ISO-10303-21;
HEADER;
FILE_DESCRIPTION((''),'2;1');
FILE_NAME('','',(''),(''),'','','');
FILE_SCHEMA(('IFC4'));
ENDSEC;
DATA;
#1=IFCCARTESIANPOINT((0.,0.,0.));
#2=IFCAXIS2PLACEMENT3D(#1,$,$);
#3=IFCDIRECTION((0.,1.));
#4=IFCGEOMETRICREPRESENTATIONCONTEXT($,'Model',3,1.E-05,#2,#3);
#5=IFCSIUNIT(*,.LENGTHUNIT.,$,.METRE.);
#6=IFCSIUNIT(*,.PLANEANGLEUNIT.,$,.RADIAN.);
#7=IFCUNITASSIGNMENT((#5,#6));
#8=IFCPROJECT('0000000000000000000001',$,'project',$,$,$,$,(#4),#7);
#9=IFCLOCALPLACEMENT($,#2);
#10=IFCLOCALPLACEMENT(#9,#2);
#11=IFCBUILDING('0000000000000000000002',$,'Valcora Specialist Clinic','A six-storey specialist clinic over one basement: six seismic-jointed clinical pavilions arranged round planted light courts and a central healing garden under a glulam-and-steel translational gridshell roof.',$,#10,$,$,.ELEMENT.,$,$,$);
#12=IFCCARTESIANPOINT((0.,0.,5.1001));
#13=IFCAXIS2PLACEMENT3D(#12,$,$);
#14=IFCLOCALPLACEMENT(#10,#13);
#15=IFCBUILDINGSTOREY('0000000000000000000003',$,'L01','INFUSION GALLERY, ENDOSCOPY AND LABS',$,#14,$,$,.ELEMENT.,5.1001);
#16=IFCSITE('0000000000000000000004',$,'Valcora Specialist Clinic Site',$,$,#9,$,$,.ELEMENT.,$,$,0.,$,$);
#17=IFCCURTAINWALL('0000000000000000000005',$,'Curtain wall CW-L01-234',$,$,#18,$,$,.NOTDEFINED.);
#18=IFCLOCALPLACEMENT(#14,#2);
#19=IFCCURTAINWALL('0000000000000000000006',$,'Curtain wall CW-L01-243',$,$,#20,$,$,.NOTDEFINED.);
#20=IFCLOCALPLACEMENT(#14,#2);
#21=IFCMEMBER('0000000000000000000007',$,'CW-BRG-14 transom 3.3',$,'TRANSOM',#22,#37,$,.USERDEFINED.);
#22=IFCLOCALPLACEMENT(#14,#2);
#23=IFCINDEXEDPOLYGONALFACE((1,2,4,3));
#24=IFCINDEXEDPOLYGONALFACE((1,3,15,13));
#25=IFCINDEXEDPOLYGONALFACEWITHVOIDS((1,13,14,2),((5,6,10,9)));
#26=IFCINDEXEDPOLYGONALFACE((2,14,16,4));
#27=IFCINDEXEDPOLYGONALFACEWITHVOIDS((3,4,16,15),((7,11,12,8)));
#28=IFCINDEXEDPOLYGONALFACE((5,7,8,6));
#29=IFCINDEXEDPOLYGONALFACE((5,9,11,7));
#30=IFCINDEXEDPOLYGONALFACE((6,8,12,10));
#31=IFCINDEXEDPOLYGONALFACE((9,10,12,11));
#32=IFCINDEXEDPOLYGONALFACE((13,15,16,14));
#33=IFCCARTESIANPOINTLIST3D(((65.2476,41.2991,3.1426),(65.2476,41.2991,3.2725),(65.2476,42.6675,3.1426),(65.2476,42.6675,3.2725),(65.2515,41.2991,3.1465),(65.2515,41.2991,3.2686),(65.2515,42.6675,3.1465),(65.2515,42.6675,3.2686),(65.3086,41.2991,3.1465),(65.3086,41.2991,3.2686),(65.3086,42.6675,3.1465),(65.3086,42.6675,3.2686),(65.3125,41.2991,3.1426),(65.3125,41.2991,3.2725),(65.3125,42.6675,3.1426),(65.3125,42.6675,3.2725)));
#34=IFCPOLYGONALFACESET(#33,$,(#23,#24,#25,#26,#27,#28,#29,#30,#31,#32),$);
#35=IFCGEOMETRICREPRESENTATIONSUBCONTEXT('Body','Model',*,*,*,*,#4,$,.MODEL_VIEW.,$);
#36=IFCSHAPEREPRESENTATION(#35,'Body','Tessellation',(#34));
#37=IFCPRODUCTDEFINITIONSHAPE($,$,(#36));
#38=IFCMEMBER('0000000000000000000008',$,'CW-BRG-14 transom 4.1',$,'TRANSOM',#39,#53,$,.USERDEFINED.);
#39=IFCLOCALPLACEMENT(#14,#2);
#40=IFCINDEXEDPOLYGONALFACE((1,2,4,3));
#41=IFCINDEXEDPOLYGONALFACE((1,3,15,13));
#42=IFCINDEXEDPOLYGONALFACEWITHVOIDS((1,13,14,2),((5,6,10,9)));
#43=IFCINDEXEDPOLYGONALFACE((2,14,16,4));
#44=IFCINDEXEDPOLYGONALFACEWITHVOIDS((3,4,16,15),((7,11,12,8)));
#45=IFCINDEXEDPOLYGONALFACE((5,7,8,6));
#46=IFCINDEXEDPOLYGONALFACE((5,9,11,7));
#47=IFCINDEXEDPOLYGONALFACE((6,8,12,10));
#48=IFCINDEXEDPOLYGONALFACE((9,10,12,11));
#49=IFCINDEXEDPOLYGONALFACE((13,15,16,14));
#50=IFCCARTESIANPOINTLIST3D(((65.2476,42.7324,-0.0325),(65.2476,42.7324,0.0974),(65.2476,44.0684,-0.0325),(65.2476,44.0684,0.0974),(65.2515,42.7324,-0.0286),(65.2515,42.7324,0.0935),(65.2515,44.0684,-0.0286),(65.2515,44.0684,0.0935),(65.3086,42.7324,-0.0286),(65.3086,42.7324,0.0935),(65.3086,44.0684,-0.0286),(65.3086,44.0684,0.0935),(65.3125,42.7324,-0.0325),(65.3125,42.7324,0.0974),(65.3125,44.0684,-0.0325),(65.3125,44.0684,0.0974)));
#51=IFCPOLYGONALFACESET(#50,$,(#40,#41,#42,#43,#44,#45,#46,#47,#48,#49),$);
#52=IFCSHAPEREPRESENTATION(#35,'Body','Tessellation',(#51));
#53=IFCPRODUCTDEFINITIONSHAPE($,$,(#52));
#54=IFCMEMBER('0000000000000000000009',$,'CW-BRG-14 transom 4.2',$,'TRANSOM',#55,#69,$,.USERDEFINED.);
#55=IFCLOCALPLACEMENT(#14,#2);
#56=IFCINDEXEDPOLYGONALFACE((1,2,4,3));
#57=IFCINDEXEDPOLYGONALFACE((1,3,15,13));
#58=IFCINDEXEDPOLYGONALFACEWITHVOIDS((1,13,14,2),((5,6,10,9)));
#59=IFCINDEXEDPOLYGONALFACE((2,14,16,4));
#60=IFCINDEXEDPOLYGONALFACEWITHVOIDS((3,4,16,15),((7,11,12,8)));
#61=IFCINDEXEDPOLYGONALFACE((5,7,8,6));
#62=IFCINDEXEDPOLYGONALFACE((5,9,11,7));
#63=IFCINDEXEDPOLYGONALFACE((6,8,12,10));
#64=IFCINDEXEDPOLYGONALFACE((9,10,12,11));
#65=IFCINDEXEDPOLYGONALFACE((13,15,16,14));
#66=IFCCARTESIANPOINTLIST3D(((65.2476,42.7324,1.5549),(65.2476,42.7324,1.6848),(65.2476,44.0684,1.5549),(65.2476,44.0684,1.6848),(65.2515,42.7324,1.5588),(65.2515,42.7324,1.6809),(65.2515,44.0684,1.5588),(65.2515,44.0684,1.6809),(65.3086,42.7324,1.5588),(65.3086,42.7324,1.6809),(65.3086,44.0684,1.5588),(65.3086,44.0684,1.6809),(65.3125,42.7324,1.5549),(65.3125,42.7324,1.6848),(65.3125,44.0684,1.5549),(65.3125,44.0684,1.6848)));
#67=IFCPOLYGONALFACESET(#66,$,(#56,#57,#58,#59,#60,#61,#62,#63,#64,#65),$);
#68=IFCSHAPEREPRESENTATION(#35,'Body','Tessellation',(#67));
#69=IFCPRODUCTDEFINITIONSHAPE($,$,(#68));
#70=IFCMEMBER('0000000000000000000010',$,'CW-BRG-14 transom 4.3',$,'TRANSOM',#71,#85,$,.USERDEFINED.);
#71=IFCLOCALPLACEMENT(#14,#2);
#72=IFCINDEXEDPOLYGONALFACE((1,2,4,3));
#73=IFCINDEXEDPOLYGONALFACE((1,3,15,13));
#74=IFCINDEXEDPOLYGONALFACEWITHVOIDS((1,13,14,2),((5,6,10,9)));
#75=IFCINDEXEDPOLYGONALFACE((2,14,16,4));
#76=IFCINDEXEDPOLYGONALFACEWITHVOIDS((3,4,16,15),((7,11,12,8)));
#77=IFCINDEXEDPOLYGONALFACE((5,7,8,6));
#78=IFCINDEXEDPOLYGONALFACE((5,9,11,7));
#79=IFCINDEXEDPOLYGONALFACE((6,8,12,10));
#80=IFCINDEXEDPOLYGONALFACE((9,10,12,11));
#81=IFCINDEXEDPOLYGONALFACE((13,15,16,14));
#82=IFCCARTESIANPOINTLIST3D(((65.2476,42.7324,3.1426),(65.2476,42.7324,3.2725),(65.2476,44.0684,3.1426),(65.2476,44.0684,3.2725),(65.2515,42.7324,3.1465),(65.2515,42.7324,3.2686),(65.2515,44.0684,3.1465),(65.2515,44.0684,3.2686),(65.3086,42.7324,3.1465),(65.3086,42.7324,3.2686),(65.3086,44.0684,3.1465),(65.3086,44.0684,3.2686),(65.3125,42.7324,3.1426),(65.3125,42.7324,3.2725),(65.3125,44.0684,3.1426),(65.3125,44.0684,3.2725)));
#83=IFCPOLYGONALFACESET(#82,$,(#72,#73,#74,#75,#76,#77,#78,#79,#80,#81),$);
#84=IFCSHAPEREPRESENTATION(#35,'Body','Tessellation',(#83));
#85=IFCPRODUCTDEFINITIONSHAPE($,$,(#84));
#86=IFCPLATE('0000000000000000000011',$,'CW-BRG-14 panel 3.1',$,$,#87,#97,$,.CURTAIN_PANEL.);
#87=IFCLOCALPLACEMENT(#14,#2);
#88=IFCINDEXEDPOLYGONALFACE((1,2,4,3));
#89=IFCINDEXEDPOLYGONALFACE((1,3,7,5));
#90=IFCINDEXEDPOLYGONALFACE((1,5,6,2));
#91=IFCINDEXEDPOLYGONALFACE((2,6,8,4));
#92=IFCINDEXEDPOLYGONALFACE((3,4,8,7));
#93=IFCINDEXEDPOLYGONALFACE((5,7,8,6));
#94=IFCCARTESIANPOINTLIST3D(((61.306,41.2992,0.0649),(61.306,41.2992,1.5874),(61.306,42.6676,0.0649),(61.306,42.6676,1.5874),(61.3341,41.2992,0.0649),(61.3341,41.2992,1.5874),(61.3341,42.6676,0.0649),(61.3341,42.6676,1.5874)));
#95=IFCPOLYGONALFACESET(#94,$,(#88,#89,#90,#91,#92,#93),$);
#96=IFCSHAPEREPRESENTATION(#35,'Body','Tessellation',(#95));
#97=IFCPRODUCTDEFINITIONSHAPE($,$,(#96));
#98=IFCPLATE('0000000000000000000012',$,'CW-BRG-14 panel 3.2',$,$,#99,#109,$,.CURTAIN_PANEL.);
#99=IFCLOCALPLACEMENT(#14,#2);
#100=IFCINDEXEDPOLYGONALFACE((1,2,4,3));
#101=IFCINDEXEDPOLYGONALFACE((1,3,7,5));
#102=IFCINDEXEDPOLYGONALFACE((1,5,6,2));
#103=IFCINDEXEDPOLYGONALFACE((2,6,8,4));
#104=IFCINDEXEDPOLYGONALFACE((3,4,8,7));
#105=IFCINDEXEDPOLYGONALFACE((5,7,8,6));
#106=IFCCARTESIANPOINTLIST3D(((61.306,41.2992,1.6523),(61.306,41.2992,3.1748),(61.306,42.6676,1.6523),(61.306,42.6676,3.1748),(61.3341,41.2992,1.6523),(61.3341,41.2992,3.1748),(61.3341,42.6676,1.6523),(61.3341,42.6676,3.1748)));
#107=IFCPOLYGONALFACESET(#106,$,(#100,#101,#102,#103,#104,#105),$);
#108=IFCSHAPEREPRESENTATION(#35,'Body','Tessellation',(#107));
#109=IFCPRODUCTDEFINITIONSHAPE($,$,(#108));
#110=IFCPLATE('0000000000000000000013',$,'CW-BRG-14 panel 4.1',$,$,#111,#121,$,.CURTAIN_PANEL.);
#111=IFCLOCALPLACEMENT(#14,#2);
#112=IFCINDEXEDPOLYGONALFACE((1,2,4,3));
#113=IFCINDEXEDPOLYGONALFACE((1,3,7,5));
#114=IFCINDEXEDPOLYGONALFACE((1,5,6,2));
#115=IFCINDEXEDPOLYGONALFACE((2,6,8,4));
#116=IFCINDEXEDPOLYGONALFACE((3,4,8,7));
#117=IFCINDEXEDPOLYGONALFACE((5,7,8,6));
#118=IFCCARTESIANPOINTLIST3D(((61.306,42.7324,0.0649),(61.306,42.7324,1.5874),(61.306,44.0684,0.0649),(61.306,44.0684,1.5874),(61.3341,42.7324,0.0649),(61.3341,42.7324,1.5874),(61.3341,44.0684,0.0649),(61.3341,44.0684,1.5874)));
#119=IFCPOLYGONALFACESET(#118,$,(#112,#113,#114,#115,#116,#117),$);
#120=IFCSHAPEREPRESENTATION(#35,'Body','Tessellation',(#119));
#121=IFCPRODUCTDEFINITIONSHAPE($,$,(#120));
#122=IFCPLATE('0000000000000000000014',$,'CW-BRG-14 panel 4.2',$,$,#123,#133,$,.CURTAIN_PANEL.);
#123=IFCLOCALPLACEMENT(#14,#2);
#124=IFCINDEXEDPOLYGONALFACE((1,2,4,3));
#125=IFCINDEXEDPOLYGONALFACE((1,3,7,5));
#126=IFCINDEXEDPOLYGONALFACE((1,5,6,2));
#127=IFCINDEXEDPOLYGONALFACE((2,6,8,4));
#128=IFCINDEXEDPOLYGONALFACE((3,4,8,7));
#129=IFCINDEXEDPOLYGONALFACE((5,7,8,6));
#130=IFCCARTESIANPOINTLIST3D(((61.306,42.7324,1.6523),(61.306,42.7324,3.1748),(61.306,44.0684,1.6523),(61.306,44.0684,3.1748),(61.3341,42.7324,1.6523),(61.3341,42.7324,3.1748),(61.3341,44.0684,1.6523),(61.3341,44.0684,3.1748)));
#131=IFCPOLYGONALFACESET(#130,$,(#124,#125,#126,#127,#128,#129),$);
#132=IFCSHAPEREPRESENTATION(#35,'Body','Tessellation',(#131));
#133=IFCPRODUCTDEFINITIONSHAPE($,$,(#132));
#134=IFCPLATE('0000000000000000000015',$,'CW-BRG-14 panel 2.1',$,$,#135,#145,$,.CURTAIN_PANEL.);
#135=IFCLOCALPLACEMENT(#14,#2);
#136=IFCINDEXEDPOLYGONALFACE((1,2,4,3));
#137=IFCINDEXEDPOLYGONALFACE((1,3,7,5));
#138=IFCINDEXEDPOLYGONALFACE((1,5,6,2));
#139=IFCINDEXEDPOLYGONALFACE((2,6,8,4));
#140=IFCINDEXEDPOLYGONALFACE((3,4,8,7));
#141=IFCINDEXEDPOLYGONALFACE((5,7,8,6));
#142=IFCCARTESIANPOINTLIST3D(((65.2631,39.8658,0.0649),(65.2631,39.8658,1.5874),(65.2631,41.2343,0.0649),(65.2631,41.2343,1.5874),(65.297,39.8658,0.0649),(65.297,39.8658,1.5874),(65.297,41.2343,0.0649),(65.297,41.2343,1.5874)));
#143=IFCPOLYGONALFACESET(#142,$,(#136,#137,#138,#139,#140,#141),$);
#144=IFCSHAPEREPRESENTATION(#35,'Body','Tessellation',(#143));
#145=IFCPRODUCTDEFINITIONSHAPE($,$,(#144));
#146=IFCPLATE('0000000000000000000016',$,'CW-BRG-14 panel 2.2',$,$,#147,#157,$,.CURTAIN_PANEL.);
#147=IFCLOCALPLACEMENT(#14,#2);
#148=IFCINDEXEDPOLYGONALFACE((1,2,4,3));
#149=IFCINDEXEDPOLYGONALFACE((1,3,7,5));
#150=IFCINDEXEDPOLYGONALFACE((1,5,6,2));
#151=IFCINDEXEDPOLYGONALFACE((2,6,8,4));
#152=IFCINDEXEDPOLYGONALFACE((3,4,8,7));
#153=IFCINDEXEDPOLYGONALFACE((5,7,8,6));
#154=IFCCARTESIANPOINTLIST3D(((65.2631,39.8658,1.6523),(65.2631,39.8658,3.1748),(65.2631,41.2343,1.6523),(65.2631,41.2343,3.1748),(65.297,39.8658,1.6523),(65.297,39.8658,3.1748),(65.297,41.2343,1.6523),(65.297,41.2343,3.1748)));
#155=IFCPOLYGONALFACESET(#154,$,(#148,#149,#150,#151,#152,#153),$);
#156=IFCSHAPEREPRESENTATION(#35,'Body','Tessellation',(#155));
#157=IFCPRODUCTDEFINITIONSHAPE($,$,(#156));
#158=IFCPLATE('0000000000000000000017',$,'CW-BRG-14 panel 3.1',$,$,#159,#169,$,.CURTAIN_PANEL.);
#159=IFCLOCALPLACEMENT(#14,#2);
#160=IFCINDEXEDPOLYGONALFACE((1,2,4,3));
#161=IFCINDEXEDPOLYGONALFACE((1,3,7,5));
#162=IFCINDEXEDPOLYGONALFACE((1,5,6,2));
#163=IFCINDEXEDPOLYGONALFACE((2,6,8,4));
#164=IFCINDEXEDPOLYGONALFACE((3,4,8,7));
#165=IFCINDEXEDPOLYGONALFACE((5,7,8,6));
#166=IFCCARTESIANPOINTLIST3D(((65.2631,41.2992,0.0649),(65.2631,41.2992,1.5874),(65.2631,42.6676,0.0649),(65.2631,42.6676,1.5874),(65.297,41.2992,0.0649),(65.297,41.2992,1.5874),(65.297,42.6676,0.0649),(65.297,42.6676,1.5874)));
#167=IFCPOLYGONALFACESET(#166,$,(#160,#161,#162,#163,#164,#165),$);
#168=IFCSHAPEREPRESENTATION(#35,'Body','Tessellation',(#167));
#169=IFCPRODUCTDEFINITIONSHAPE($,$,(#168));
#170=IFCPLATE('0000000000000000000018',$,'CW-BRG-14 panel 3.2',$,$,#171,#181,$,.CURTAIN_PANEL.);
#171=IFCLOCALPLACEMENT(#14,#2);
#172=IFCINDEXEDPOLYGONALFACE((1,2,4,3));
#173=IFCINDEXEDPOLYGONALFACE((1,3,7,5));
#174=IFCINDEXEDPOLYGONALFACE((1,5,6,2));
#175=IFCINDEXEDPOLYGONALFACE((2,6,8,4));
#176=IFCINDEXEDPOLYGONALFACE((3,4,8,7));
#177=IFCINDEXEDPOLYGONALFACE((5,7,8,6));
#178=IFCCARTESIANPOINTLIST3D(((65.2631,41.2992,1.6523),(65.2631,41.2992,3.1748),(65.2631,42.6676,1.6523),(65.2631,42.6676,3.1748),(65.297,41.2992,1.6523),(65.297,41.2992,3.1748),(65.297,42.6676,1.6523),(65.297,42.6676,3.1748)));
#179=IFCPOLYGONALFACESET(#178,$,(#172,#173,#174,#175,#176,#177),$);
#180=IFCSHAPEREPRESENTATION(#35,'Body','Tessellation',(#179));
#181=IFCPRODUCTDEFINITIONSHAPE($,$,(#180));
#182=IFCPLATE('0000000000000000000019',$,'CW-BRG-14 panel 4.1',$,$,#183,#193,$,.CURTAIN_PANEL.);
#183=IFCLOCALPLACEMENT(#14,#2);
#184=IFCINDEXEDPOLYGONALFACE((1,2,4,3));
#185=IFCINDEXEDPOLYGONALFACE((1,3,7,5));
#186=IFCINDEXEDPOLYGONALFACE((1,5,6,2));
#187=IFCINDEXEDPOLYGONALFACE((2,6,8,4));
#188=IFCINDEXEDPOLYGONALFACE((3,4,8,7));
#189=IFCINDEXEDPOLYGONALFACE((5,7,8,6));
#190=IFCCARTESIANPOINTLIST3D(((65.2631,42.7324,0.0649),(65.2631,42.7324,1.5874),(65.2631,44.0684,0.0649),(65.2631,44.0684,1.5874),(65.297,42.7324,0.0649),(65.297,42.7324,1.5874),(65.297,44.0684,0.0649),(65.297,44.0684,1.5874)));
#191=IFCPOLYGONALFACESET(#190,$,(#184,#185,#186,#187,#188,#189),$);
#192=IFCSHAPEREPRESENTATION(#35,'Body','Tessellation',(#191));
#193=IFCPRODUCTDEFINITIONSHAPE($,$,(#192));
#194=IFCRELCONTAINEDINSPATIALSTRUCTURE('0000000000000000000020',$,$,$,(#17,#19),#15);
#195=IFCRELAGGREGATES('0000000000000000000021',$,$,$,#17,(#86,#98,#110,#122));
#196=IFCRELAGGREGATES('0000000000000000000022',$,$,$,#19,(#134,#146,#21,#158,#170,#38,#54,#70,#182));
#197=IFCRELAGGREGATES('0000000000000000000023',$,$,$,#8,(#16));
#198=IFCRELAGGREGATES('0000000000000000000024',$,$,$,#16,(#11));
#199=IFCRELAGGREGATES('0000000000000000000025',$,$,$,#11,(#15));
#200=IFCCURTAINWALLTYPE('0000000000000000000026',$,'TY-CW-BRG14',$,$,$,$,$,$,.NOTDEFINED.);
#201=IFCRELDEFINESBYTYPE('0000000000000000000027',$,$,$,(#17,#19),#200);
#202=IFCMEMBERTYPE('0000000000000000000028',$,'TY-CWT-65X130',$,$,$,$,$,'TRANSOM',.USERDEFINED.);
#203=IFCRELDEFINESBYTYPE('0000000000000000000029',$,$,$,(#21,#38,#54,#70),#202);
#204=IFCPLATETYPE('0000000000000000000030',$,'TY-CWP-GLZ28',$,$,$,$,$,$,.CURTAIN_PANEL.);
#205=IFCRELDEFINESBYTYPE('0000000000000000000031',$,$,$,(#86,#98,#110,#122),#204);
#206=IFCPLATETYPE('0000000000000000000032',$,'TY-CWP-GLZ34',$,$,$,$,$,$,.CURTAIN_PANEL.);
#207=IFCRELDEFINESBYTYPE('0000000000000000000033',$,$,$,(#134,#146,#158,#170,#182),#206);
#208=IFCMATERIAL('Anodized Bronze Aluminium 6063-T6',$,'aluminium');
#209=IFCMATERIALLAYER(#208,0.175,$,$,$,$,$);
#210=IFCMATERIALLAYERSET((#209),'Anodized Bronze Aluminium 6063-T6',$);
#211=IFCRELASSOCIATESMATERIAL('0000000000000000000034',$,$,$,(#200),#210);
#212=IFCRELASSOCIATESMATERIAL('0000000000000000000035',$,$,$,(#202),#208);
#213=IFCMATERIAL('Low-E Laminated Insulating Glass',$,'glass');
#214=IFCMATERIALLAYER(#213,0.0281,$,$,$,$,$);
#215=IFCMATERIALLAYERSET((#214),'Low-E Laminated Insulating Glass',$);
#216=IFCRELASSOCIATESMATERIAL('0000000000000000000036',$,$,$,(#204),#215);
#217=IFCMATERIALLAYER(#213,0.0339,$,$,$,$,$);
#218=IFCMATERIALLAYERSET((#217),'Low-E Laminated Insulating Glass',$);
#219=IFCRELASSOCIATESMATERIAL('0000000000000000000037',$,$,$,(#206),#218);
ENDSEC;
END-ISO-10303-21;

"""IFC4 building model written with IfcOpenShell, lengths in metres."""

from ifc_helpers import new_model, si_unit, direction, frame, origin, origin_2d, place, context, subcontext, project, spatial, rectangle, hollow_rectangle, extrude, material, layer, layer_set, material_profile, profile_set, type_object, element, aggregate, save


model = new_model("IFC4")

# Units and contexts
model_context = context("Model", 3, precision=1e-05, world=origin(), true_north=direction((0.0, 1.0)))
body_context = subcontext(model_context, "Body", "Model", "MODEL_VIEW")
ifc_project = project(units=[si_unit("LENGTHUNIT", "METRE"), si_unit("PLANEANGLEUNIT", "RADIAN")], contexts=[model_context])

# Site, building, storey
site_placement = place(None, origin())
site = spatial("IfcSite", under=ifc_project, at=site_placement, Name="Valcora Specialist Clinic Site", CompositionType="ELEMENT", RefElevation=0.0)
building_placement = place(site_placement, origin())
building = spatial("IfcBuilding", under=site, at=building_placement, Name="Valcora Specialist Clinic", Description="A six-storey specialist clinic over one basement: six seismic-jointed clinical pavilions arranged round planted light courts and a central healing garden under a glulam-and-steel translational gridshell roof.", CompositionType="ELEMENT")
storey_placement = place(building_placement, frame((0.0, 0.0, 5.1001)))
storey = spatial("IfcBuildingStorey", under=building, at=storey_placement, Name="L01", Description="INFUSION GALLERY, ENDOSCOPY AND LABS", CompositionType="ELEMENT", Elevation=5.1001)

# Curtain walls
ifc_material_1 = material(Name="Anodized Bronze Aluminium 6063-T6", Category="aluminium")
ifc_layer_1 = layer(ifc_material_1, 0.175)
ifc_layer_set_1 = layer_set([ifc_layer_1], Name="Anodized Bronze Aluminium 6063-T6")
curtain_wall_type = type_object("IfcCurtainWallType", Name="TY-CW-BRG14", PredefinedType="NOTDEFINED", material=ifc_layer_set_1)
curtain_wall_1_placement = place(storey_placement, origin())
curtain_wall_1 = element("IfcCurtainWall", 1, at=curtain_wall_1_placement, inside=storey, type_object=curtain_wall_type, Name="Curtain wall CW-L01-234", PredefinedType="NOTDEFINED")
curtain_wall_2_placement = place(storey_placement, origin())
curtain_wall_2 = element("IfcCurtainWall", 2, at=curtain_wall_2_placement, inside=storey, type_object=curtain_wall_type, Name="Curtain wall CW-L01-243", PredefinedType="NOTDEFINED")

# Members
ifc_material_profile_1 = material_profile(ifc_material_1, hollow_rectangle(XDim=0.0649, YDim=0.1299, WallThickness=0.0039, at=origin_2d()), Name="AL-TRN-65X130")
ifc_profile_set_1 = profile_set([ifc_material_profile_1], Name="Anodized Bronze Aluminium 6063-T6")
member_type_1 = type_object("IfcMemberType", Name="TY-CWT-65X130", ElementType="TRANSOM", PredefinedType="USERDEFINED", material=ifc_profile_set_1)
member_1_placement = place(storey_placement, frame((65.28, 41.2991, 3.2075), z_axis=(0.0, 1.0, 0.0), x_axis=(-1.0, 0.0, 0.0)))
member_1 = element("IfcMember", 3, at=member_1_placement, type_object=member_type_1, Name="CW-BRG-14 transom 3.3", ObjectType="TRANSOM", PredefinedType="USERDEFINED", context=body_context, shape_type="SweptSolid", body=[
    extrude(hollow_rectangle(XDim=0.0649, YDim=0.1299, WallThickness=0.0039, at=origin_2d()), origin(), (0.0, 0.0, 1.0), 1.3684),
])
member_2_placement = place(storey_placement, frame((65.28, 42.7324, 0.0325), z_axis=(0.0, 1.0, 0.0), x_axis=(-1.0, 0.0, 0.0)))
member_2 = element("IfcMember", 4, at=member_2_placement, type_object=member_type_1, Name="CW-BRG-14 transom 4.1", ObjectType="TRANSOM", PredefinedType="USERDEFINED", context=body_context, shape_type="SweptSolid", body=[
    extrude(hollow_rectangle(XDim=0.0649, YDim=0.1299, WallThickness=0.0039, at=origin_2d()), origin(), (0.0, 0.0, 1.0), 1.3359),
])
member_3_placement = place(storey_placement, frame((65.28, 42.7324, 1.6199), z_axis=(0.0, 1.0, 0.0), x_axis=(-1.0, 0.0, 0.0)))
member_3 = element("IfcMember", 5, at=member_3_placement, type_object=member_type_1, Name="CW-BRG-14 transom 4.2", ObjectType="TRANSOM", PredefinedType="USERDEFINED", context=body_context, shape_type="SweptSolid", body=[
    extrude(hollow_rectangle(XDim=0.0649, YDim=0.1299, WallThickness=0.0039, at=origin_2d()), origin(), (0.0, 0.0, 1.0), 1.3359),
])
member_4_placement = place(storey_placement, frame((65.28, 42.7324, 3.2075), z_axis=(0.0, 1.0, 0.0), x_axis=(-1.0, 0.0, 0.0)))
member_4 = element("IfcMember", 6, at=member_4_placement, type_object=member_type_1, Name="CW-BRG-14 transom 4.3", ObjectType="TRANSOM", PredefinedType="USERDEFINED", context=body_context, shape_type="SweptSolid", body=[
    extrude(hollow_rectangle(XDim=0.0649, YDim=0.1299, WallThickness=0.0039, at=origin_2d()), origin(), (0.0, 0.0, 1.0), 1.3359),
])

# Plates
ifc_material_2 = material(Name="Low-E Laminated Insulating Glass", Category="glass")
ifc_layer_2 = layer(ifc_material_2, 0.0281)
ifc_layer_set_2 = layer_set([ifc_layer_2], Name="Low-E Laminated Insulating Glass")
plate_type_1 = type_object("IfcPlateType", Name="TY-CWP-GLZ28", PredefinedType="CURTAIN_PANEL", material=ifc_layer_set_2)
plate_1_placement = place(storey_placement, frame((61.3201, 41.9834, 0.0649), z_axis=(0.0, 0.0, 1.0), x_axis=(0.0, 1.0, 0.0)))
plate_1 = element("IfcPlate", 7, at=plate_1_placement, type_object=plate_type_1, Name="CW-BRG-14 panel 3.1", PredefinedType="CURTAIN_PANEL", context=body_context, shape_type="SweptSolid", body=[
    extrude(rectangle(XDim=1.3684, YDim=0.0281, at=origin_2d()), origin(), (0.0, 0.0, 1.0), 1.5225),
])
plate_2_placement = place(storey_placement, frame((61.3201, 41.9834, 1.6523), z_axis=(0.0, 0.0, 1.0), x_axis=(0.0, 1.0, 0.0)))
plate_2 = element("IfcPlate", 8, at=plate_2_placement, type_object=plate_type_1, Name="CW-BRG-14 panel 3.2", PredefinedType="CURTAIN_PANEL", context=body_context, shape_type="SweptSolid", body=[
    extrude(rectangle(XDim=1.3684, YDim=0.0281, at=origin_2d()), origin(), (0.0, 0.0, 1.0), 1.5225),
])
plate_3_placement = place(storey_placement, frame((61.3201, 43.4004, 0.0649), z_axis=(0.0, 0.0, 1.0), x_axis=(0.0, 1.0, 0.0)))
plate_3 = element("IfcPlate", 9, at=plate_3_placement, type_object=plate_type_1, Name="CW-BRG-14 panel 4.1", PredefinedType="CURTAIN_PANEL", context=body_context, shape_type="SweptSolid", body=[
    extrude(rectangle(XDim=1.3359, YDim=0.0281, at=origin_2d()), origin(), (0.0, 0.0, 1.0), 1.5225),
])
plate_4_placement = place(storey_placement, frame((61.3201, 43.4004, 1.6523), z_axis=(0.0, 0.0, 1.0), x_axis=(0.0, 1.0, 0.0)))
plate_4 = element("IfcPlate", 10, at=plate_4_placement, type_object=plate_type_1, Name="CW-BRG-14 panel 4.2", PredefinedType="CURTAIN_PANEL", context=body_context, shape_type="SweptSolid", body=[
    extrude(rectangle(XDim=1.3359, YDim=0.0281, at=origin_2d()), origin(), (0.0, 0.0, 1.0), 1.5225),
])
aggregate(curtain_wall_1, [plate_1, plate_2, plate_3, plate_4])
ifc_layer_3 = layer(ifc_material_2, 0.0339)
ifc_layer_set_3 = layer_set([ifc_layer_3], Name="Low-E Laminated Insulating Glass")
plate_type_2 = type_object("IfcPlateType", Name="TY-CWP-GLZ34", PredefinedType="CURTAIN_PANEL", material=ifc_layer_set_3)
plate_5_placement = place(storey_placement, frame((65.28, 40.55, 0.0649), z_axis=(0.0, 0.0, 1.0), x_axis=(0.0, 1.0, 0.0)))
plate_5 = element("IfcPlate", 11, at=plate_5_placement, type_object=plate_type_2, Name="CW-BRG-14 panel 2.1", PredefinedType="CURTAIN_PANEL", context=body_context, shape_type="SweptSolid", body=[
    extrude(rectangle(XDim=1.3684, YDim=0.0339, at=origin_2d()), origin(), (0.0, 0.0, 1.0), 1.5225),
])
plate_6_placement = place(storey_placement, frame((65.28, 40.55, 1.6523), z_axis=(0.0, 0.0, 1.0), x_axis=(0.0, 1.0, 0.0)))
plate_6 = element("IfcPlate", 12, at=plate_6_placement, type_object=plate_type_2, Name="CW-BRG-14 panel 2.2", PredefinedType="CURTAIN_PANEL", context=body_context, shape_type="SweptSolid", body=[
    extrude(rectangle(XDim=1.3684, YDim=0.0339, at=origin_2d()), origin(), (0.0, 0.0, 1.0), 1.5225),
])
plate_7_placement = place(storey_placement, frame((65.28, 41.9834, 0.0649), z_axis=(0.0, 0.0, 1.0), x_axis=(0.0, 1.0, 0.0)))
plate_7 = element("IfcPlate", 13, at=plate_7_placement, type_object=plate_type_2, Name="CW-BRG-14 panel 3.1", PredefinedType="CURTAIN_PANEL", context=body_context, shape_type="SweptSolid", body=[
    extrude(rectangle(XDim=1.3684, YDim=0.0339, at=origin_2d()), origin(), (0.0, 0.0, 1.0), 1.5225),
])
plate_8_placement = place(storey_placement, frame((65.28, 41.9834, 1.6523), z_axis=(0.0, 0.0, 1.0), x_axis=(0.0, 1.0, 0.0)))
plate_8 = element("IfcPlate", 14, at=plate_8_placement, type_object=plate_type_2, Name="CW-BRG-14 panel 3.2", PredefinedType="CURTAIN_PANEL", context=body_context, shape_type="SweptSolid", body=[
    extrude(rectangle(XDim=1.3684, YDim=0.0339, at=origin_2d()), origin(), (0.0, 0.0, 1.0), 1.5225),
])
plate_9_placement = place(storey_placement, frame((65.28, 43.4004, 0.0649), z_axis=(0.0, 0.0, 1.0), x_axis=(0.0, 1.0, 0.0)))
plate_9 = element("IfcPlate", 15, at=plate_9_placement, type_object=plate_type_2, Name="CW-BRG-14 panel 4.1", PredefinedType="CURTAIN_PANEL", context=body_context, shape_type="SweptSolid", body=[
    extrude(rectangle(XDim=1.3359, YDim=0.0339, at=origin_2d()), origin(), (0.0, 0.0, 1.0), 1.5225),
])
aggregate(curtain_wall_2, [plate_5, plate_6, member_1, plate_7, plate_8, member_2, member_3, member_4, plate_9])

save(model, "model.ifc")
